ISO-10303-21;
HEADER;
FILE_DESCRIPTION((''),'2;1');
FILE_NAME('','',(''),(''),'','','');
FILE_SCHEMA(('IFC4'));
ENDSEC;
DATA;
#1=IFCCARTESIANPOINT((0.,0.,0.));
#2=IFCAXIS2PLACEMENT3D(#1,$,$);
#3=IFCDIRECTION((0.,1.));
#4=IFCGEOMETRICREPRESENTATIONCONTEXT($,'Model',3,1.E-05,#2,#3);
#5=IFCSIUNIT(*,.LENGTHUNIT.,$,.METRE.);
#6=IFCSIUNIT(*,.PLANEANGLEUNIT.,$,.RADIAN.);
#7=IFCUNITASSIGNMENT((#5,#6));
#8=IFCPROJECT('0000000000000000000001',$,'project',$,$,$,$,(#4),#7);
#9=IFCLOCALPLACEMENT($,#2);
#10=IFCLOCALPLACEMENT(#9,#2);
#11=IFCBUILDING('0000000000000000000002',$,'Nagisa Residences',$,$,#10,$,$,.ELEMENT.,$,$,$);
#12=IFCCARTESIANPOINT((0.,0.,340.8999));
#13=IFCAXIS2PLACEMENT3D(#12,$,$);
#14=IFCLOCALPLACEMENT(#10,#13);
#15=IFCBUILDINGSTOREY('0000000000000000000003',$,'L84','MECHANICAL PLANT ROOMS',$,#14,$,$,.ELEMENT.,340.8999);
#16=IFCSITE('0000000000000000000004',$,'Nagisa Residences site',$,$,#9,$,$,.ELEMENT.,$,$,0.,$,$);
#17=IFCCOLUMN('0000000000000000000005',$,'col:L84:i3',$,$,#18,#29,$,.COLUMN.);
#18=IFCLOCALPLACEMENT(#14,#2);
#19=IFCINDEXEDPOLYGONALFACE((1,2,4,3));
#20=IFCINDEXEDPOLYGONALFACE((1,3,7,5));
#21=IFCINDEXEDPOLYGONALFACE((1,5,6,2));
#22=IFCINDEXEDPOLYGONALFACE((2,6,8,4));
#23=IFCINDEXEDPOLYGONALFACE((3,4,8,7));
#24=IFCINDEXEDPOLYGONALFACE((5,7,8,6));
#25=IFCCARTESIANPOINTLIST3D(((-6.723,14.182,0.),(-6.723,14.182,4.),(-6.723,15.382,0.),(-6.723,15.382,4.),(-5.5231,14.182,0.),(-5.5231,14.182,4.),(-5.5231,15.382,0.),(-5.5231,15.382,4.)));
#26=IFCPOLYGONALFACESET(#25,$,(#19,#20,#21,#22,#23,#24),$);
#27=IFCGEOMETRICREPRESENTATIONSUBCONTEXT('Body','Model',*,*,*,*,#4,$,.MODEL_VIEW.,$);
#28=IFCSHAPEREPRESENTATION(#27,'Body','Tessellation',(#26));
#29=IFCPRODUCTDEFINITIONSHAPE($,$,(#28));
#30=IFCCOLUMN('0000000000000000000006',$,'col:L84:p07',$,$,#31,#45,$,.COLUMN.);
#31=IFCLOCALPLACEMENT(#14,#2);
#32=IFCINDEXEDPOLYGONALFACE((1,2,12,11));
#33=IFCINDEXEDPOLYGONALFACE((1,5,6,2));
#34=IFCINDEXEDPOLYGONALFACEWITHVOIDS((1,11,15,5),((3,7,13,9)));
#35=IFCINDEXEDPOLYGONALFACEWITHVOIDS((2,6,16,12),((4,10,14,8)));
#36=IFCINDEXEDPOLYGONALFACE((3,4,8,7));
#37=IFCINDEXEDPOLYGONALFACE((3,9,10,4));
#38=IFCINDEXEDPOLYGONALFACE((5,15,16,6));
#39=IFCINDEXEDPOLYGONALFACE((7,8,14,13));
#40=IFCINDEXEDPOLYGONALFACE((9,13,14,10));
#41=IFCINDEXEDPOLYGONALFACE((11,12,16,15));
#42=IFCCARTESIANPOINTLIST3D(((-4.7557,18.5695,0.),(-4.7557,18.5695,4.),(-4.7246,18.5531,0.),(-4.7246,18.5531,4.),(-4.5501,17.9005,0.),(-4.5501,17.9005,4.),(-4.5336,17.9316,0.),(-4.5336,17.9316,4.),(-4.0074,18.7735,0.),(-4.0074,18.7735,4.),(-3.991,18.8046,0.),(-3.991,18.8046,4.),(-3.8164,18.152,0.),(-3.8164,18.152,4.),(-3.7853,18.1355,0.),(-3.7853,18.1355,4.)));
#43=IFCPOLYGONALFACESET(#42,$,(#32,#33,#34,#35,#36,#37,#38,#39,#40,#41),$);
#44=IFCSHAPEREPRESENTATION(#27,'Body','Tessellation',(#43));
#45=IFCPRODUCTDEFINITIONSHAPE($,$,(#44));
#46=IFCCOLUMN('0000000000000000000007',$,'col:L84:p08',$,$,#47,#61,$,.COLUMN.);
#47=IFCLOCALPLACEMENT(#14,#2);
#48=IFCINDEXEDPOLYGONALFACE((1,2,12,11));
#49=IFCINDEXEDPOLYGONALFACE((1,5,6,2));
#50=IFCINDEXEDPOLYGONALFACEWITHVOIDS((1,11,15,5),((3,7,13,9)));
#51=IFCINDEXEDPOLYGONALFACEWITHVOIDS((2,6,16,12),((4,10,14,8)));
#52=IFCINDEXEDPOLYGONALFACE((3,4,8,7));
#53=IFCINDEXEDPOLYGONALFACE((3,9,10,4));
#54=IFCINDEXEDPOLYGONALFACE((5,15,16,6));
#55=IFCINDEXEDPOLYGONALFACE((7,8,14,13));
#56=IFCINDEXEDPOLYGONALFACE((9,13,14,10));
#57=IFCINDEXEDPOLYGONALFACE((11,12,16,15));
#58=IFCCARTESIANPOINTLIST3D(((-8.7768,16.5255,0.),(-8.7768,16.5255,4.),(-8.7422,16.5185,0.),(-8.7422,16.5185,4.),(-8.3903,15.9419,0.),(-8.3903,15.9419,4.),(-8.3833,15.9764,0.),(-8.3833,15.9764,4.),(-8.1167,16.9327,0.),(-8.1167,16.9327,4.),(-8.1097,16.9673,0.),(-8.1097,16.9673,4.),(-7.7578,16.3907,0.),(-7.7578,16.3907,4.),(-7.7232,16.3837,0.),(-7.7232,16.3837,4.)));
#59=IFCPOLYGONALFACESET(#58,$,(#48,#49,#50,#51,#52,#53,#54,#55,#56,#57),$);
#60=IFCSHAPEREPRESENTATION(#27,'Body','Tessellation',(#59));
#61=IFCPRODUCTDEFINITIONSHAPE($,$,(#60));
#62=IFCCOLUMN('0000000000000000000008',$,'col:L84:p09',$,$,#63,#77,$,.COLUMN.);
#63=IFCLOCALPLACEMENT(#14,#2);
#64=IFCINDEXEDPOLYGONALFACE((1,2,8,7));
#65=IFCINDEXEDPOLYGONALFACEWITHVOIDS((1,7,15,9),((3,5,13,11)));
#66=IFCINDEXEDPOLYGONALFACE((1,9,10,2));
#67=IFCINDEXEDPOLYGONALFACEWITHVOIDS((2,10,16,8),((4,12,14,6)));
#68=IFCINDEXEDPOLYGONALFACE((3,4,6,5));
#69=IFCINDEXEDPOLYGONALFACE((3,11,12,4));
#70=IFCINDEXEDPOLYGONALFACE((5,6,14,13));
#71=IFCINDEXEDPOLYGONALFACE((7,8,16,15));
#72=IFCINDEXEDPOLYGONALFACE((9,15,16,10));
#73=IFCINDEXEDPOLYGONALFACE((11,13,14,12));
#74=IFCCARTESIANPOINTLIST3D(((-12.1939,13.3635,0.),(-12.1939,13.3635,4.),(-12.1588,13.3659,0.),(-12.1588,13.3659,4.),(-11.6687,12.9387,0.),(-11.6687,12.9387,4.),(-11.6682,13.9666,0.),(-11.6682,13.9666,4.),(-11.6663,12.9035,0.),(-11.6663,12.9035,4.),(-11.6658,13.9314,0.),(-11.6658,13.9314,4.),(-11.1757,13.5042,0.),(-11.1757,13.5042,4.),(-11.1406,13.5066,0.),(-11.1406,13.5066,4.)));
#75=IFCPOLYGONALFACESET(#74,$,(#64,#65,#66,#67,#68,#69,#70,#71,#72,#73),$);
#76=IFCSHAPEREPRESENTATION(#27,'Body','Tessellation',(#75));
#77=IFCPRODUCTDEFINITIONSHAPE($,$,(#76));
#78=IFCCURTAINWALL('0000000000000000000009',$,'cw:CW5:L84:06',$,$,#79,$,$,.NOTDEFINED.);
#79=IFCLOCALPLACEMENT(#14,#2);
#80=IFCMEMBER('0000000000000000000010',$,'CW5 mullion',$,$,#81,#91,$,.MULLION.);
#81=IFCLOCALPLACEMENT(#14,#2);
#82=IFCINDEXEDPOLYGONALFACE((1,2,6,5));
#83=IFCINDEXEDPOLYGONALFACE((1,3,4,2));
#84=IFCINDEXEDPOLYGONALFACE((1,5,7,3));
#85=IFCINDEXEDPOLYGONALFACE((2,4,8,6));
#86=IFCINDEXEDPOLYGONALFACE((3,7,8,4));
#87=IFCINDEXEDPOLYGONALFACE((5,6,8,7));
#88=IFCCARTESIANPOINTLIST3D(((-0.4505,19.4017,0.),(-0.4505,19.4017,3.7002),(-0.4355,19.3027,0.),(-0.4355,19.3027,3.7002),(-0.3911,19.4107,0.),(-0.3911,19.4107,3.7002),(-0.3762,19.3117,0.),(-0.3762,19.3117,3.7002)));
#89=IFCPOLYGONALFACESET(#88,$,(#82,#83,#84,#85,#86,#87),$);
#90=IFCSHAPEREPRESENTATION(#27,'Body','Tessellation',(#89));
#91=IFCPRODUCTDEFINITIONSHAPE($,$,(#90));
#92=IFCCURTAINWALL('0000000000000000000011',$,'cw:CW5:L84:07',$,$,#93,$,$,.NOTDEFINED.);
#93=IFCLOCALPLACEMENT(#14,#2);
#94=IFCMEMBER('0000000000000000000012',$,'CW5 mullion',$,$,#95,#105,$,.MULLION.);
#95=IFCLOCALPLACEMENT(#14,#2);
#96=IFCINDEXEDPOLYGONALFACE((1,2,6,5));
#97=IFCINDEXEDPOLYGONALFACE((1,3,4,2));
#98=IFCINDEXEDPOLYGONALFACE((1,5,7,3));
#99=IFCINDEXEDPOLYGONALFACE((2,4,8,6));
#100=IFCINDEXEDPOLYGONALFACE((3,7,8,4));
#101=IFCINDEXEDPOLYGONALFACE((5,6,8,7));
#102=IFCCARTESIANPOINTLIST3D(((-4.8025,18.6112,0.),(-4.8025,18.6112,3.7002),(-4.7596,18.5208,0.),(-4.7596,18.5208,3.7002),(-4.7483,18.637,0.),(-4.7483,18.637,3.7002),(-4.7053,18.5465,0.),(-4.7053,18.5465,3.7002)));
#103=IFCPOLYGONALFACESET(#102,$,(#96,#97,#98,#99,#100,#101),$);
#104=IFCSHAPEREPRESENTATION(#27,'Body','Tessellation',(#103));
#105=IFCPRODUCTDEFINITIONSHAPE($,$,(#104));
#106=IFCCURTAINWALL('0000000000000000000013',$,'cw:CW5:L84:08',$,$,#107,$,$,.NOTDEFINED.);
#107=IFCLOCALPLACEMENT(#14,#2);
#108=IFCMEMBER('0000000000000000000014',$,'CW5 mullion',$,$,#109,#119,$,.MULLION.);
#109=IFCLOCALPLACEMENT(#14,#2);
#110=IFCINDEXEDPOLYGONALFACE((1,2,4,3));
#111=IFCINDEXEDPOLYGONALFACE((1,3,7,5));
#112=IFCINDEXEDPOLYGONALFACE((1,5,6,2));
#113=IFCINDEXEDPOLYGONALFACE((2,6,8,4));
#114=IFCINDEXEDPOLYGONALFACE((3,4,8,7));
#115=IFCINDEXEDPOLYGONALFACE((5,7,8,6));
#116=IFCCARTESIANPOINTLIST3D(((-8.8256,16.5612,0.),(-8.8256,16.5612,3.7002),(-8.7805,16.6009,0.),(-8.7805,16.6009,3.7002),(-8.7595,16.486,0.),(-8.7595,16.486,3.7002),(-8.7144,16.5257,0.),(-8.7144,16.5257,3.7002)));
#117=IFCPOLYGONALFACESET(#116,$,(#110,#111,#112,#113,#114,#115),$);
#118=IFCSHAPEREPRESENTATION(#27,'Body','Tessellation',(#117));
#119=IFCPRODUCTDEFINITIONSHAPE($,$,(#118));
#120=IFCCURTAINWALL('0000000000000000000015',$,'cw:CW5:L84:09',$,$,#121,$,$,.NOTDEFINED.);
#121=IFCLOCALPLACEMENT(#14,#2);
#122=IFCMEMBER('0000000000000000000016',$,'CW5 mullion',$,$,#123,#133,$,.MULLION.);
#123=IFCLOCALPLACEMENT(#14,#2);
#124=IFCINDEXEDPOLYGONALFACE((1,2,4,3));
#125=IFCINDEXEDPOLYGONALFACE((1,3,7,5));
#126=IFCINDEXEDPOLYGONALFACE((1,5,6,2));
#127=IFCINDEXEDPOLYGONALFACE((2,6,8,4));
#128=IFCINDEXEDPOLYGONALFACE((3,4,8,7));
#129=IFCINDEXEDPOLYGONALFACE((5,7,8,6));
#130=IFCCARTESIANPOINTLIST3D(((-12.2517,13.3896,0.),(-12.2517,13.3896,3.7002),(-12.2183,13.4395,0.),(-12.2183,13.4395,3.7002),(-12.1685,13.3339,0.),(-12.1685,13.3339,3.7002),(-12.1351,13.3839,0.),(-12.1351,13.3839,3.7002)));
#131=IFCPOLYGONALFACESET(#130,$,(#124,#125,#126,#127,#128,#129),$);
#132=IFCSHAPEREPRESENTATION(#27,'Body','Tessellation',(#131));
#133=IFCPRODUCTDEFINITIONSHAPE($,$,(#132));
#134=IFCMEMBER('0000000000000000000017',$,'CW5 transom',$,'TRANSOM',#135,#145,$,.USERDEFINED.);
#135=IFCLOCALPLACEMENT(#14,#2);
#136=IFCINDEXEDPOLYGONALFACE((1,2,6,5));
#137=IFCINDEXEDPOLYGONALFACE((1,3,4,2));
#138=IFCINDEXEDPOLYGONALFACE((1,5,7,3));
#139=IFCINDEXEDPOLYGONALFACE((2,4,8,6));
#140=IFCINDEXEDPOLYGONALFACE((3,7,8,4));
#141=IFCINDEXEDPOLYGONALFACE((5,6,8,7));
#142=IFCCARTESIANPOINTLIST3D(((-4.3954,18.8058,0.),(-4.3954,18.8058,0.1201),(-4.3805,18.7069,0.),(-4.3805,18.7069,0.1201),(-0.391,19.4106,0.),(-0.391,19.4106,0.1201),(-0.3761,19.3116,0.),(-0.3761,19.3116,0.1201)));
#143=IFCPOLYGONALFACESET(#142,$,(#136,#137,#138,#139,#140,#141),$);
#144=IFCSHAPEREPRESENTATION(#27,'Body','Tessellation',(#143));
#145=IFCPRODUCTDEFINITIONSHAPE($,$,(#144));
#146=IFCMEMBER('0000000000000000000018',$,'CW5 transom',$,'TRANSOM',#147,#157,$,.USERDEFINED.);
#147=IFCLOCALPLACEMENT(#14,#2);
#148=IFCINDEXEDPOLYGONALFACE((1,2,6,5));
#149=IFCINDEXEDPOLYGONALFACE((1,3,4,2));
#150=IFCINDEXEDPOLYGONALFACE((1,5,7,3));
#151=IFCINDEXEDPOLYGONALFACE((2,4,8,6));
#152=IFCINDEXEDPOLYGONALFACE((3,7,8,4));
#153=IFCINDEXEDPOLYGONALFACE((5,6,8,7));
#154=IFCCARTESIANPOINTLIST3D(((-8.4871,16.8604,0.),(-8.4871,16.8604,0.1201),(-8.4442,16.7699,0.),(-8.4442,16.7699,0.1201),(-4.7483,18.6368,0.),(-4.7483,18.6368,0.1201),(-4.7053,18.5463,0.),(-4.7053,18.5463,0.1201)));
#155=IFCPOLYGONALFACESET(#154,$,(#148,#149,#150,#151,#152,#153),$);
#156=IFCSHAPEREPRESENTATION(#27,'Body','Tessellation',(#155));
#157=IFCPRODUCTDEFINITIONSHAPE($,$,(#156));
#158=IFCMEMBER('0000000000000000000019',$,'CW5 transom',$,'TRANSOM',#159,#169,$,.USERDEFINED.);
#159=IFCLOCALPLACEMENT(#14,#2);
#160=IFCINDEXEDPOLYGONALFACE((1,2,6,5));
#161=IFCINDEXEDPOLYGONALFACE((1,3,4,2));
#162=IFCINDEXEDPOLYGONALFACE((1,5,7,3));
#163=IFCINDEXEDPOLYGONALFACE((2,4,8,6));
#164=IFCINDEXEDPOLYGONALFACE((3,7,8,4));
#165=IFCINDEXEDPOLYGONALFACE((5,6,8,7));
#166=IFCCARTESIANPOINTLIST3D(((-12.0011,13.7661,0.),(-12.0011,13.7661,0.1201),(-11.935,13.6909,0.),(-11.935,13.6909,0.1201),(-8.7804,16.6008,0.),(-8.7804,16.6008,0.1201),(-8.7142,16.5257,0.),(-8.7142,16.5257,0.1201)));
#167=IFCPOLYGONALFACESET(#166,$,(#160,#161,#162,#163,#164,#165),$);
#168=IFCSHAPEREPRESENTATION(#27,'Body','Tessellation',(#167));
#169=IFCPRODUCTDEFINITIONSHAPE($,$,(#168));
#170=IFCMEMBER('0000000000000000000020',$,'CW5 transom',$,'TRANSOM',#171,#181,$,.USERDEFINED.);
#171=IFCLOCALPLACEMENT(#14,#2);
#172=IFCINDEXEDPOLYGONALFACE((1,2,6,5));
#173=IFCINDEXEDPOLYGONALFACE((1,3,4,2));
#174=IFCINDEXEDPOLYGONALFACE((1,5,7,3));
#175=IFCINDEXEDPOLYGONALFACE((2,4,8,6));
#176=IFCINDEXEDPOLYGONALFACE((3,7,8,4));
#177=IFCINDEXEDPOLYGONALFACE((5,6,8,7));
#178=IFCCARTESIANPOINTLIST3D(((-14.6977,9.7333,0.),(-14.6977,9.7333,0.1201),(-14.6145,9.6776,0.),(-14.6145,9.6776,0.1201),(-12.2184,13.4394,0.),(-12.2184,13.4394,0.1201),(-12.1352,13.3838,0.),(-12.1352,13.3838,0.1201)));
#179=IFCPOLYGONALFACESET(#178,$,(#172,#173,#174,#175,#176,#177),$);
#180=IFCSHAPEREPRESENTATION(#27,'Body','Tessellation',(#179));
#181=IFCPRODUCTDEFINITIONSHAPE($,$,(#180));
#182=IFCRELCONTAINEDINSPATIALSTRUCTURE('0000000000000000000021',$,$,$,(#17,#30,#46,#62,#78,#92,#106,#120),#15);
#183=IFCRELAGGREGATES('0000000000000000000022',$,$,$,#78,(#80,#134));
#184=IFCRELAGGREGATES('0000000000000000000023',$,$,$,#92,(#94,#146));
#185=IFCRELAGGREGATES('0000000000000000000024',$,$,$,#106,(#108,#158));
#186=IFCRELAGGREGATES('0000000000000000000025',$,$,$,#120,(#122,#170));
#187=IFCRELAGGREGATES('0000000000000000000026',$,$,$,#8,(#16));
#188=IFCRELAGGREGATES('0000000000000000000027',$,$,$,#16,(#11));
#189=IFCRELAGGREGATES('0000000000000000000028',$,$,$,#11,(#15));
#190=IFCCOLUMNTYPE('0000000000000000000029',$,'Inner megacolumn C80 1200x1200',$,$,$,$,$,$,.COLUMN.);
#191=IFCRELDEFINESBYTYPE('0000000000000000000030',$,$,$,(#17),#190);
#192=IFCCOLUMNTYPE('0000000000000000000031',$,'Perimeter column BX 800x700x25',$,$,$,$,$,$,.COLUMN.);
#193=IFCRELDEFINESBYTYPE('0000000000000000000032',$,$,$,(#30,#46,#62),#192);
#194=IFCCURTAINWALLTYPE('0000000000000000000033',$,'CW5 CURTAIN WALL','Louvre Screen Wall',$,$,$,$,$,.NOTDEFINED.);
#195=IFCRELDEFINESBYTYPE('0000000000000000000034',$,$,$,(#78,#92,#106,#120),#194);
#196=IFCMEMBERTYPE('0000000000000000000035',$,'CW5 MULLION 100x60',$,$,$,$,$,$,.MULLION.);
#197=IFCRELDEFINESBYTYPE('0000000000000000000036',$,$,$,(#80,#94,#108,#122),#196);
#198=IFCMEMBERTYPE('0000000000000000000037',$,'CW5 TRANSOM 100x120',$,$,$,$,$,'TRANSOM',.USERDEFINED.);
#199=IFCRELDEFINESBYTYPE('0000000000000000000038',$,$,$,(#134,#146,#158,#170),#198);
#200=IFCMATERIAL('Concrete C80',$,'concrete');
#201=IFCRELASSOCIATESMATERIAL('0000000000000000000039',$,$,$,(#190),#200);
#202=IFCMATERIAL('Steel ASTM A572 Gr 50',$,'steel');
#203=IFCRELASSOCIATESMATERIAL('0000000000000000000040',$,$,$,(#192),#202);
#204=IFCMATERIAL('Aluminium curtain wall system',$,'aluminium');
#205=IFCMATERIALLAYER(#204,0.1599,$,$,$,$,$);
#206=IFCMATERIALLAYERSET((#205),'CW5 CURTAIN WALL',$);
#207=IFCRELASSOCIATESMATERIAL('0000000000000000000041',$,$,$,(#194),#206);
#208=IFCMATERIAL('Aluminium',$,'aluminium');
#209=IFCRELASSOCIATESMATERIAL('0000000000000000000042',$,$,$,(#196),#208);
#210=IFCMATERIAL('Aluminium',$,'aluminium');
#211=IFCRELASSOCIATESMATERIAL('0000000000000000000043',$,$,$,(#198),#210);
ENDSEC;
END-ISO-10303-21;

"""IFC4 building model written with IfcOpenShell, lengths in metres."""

from ifc_helpers import new_model, si_unit, direction, frame, origin, origin_2d, place, context, subcontext, project, spatial, rectangle, hollow_rectangle, extrude, material, layer, layer_set, material_profile, profile_set, type_object, element, aggregate, save


model = new_model("IFC4")

# Units and contexts
model_context = context("Model", 3, precision=1e-05, world=origin(), true_north=direction((0.0, 1.0)))
body_context = subcontext(model_context, "Body", "Model", "MODEL_VIEW")
ifc_project = project(units=[si_unit("LENGTHUNIT", "METRE"), si_unit("PLANEANGLEUNIT", "RADIAN")], contexts=[model_context])

# Site, building, storey
site_placement = place(None, origin())
site = spatial("IfcSite", under=ifc_project, at=site_placement, Name="Nagisa Residences site", CompositionType="ELEMENT", RefElevation=0.0)
building_placement = place(site_placement, origin())
building = spatial("IfcBuilding", under=site, at=building_placement, Name="Nagisa Residences", CompositionType="ELEMENT")
storey_placement = place(building_placement, frame((0.0, 0.0, 340.8999)))
storey = spatial("IfcBuildingStorey", under=building, at=storey_placement, Name="L84", Description="MECHANICAL PLANT ROOMS", CompositionType="ELEMENT", Elevation=340.8999)

# Columns
ifc_material_1 = material(Name="Concrete C80", Category="concrete")
ifc_material_profile_1 = material_profile(ifc_material_1, rectangle(XDim=1.2, YDim=1.2, at=origin_2d()), Name="C80 1200x1200")
ifc_profile_set_1 = profile_set([ifc_material_profile_1], Name="Concrete C80")
column_type_1 = type_object("IfcColumnType", Name="Inner megacolumn C80 1200x1200", PredefinedType="COLUMN", material=ifc_profile_set_1)
column_placement = place(storey_placement, frame((-6.123, 14.782, 0.0), z_axis=(0.0, 0.0, 1.0), x_axis=(1.0, 0.0, 0.0)))
element("IfcColumn", 1, at=column_placement, inside=storey, type_object=column_type_1, Name="col:L84:i3", PredefinedType="COLUMN", context=body_context, shape_type="SweptSolid", body=[
    extrude(rectangle(XDim=1.2, YDim=1.2, at=origin_2d()), origin(), (0.0, 0.0, 1.0), 4.0),
])
ifc_material_2 = material(Name="Steel ASTM A572 Gr 50", Category="steel")
ifc_material_profile_2 = material_profile(ifc_material_2, hollow_rectangle(XDim=0.8, YDim=0.7, WallThickness=0.0249, at=origin_2d()), Name="BX 800x700x25")
ifc_profile_set_2 = profile_set([ifc_material_profile_2], Name="Steel ASTM A572 Gr 50")
column_type_2 = type_object("IfcColumnType", Name="Perimeter column BX 800x700x25", PredefinedType="COLUMN", material=ifc_profile_set_2)
for number, where, z_axis, x_axis, name in (
    (2, (-4.2705, 18.3525, 0.0), (0.0, 0.0, 1.0), (-0.95587, -0.29379, 0.0), "col:L84:p07"),
    (3, (-8.25, 16.4546, 0.0), (0.0, 0.0, 1.0), (-0.833744, -0.552151, 0.0), "col:L84:p08"),
    (4, (-11.6672, 13.4351, 0.0), (0.0, 0.0, 1.0), (-0.657135, -0.753773, 0.0), "col:L84:p09"),
):
    element("IfcColumn", number, at=place(storey_placement, frame(where, z_axis=z_axis, x_axis=x_axis)), inside=storey, type_object=column_type_2, Name=name, PredefinedType="COLUMN", context=body_context, shape_type="SweptSolid", body=[
        extrude(hollow_rectangle(XDim=0.8, YDim=0.7, WallThickness=0.0249, at=origin_2d()), origin(), (0.0, 0.0, 1.0), 4.0),
    ])

# Curtain walls, members
ifc_material_3 = material(Name="Aluminium curtain wall system", Category="aluminium")
ifc_layer_1 = layer(ifc_material_3, 0.1599)
ifc_layer_set_1 = layer_set([ifc_layer_1], Name="CW5 CURTAIN WALL")
curtain_wall_type = type_object("IfcCurtainWallType", Name="CW5 CURTAIN WALL", Description="Louvre Screen Wall", PredefinedType="NOTDEFINED", material=ifc_layer_set_1)
curtain_wall_1_placement = place(storey_placement, origin())
curtain_wall_1 = element("IfcCurtainWall", 5, at=curtain_wall_1_placement, inside=storey, type_object=curtain_wall_type, Name="cw:CW5:L84:06", PredefinedType="NOTDEFINED")
ifc_material_4 = material(Name="Aluminium", Category="aluminium")
ifc_material_profile_3 = material_profile(ifc_material_4, rectangle(XDim=0.1001, YDim=0.0601, at=origin_2d()), Name="CW5 MULLION 100x60")
ifc_profile_set_3 = profile_set([ifc_material_profile_3], Name="Aluminium")
member_type_1 = type_object("IfcMemberType", Name="CW5 MULLION 100x60", PredefinedType="MULLION", material=ifc_profile_set_3)
member_1_placement = place(storey_placement, frame((-0.4133, 19.3567, 0.0), z_axis=(0.0, 0.0, 1.0), x_axis=(0.14932, -0.988789, 0.0)))
member_1 = element("IfcMember", 6, at=member_1_placement, type_object=member_type_1, Name="CW5 mullion", PredefinedType="MULLION", context=body_context, shape_type="SweptSolid", body=[
    extrude(rectangle(XDim=0.1001, YDim=0.0601, at=origin_2d()), origin(), (0.0, 0.0, 1.0), 3.7002),
])
curtain_wall_2_placement = place(storey_placement, origin())
curtain_wall_2 = element("IfcCurtainWall", 7, at=curtain_wall_2_placement, inside=storey, type_object=curtain_wall_type, Name="cw:CW5:L84:07", PredefinedType="NOTDEFINED")
member_2_placement = place(storey_placement, frame((-4.7539, 18.5789, 0.0), z_axis=(0.0, 0.0, 1.0), x_axis=(0.429151, -0.903233, 0.0)))
member_2 = element("IfcMember", 8, at=member_2_placement, type_object=member_type_1, Name="CW5 mullion", PredefinedType="MULLION", context=body_context, shape_type="SweptSolid", body=[
    extrude(rectangle(XDim=0.1001, YDim=0.0601, at=origin_2d()), origin(), (0.0, 0.0, 1.0), 3.7002),
])
curtain_wall_3_placement = place(storey_placement, origin())
curtain_wall_3 = element("IfcCurtainWall", 9, at=curtain_wall_3_placement, inside=storey, type_object=curtain_wall_type, Name="cw:CW5:L84:08", PredefinedType="NOTDEFINED")
member_3_placement = place(storey_placement, frame((-8.77, 16.5435, 0.0), z_axis=(0.0, 0.0, 1.0), x_axis=(0.660699, -0.750651, 0.0)))
member_3 = element("IfcMember", 10, at=member_3_placement, type_object=member_type_1, Name="CW5 mullion", PredefinedType="MULLION", context=body_context, shape_type="SweptSolid", body=[
    extrude(rectangle(XDim=0.1001, YDim=0.0601, at=origin_2d()), origin(), (0.0, 0.0, 1.0), 3.7002),
])
curtain_wall_4_placement = place(storey_placement, origin())
curtain_wall_4 = element("IfcCurtainWall", 11, at=curtain_wall_4_placement, inside=storey, type_object=curtain_wall_type, Name="cw:CW5:L84:09", PredefinedType="NOTDEFINED")
member_4_placement = place(storey_placement, frame((-12.1934, 13.3867, 0.0), z_axis=(0.0, 0.0, 1.0), x_axis=(0.831173, -0.556014, 0.0)))
member_4 = element("IfcMember", 12, at=member_4_placement, type_object=member_type_1, Name="CW5 mullion", PredefinedType="MULLION", context=body_context, shape_type="SweptSolid", body=[
    extrude(rectangle(XDim=0.1001, YDim=0.0601, at=origin_2d()), origin(), (0.0, 0.0, 1.0), 3.7002),
])

# Members
ifc_material_5 = material(Name="Aluminium", Category="aluminium")
ifc_material_profile_4 = material_profile(ifc_material_5, rectangle(XDim=0.1001, YDim=0.1201, at=origin_2d()), Name="CW5 TRANSOM 100x120")
ifc_profile_set_4 = profile_set([ifc_material_profile_4], Name="Aluminium")
member_type_2 = type_object("IfcMemberType", Name="CW5 TRANSOM 100x120", ElementType="TRANSOM", PredefinedType="USERDEFINED", material=ifc_profile_set_4)
member_5_placement = place(storey_placement, frame((-0.3835, 19.3611, 0.0601), z_axis=(-0.988788, -0.149325, 0.0), x_axis=(0.149325, -0.988788, 0.0)))
member_5 = element("IfcMember", 13, at=member_5_placement, type_object=member_type_2, Name="CW5 transom", ObjectType="TRANSOM", PredefinedType="USERDEFINED", context=body_context, shape_type="SweptSolid", body=[
    extrude(rectangle(XDim=0.1001, YDim=0.1201, at=origin_2d()), origin(), (0.0, 0.0, 1.0), 4.0498),
])
member_6_placement = place(storey_placement, frame((-4.7268, 18.5916, 0.0601), z_axis=(-0.903235, -0.429146, 0.0), x_axis=(0.429146, -0.903235, 0.0)))
member_6 = element("IfcMember", 14, at=member_6_placement, type_object=member_type_2, Name="CW5 transom", ObjectType="TRANSOM", PredefinedType="USERDEFINED", context=body_context, shape_type="SweptSolid", body=[
    extrude(rectangle(XDim=0.1001, YDim=0.1201, at=origin_2d()), origin(), (0.0, 0.0, 1.0), 4.1394),
])
member_7_placement = place(storey_placement, frame((-8.7473, 16.5632, 0.0601), z_axis=(-0.750656, -0.660693, 0.0), x_axis=(0.660693, -0.750656, 0.0)))
member_7 = element("IfcMember", 15, at=member_7_placement, type_object=member_type_2, Name="CW5 transom", ObjectType="TRANSOM", PredefinedType="USERDEFINED", context=body_context, shape_type="SweptSolid", body=[
    extrude(rectangle(XDim=0.1001, YDim=0.1201, at=origin_2d()), origin(), (0.0, 0.0, 1.0), 4.2905),
])
member_8_placement = place(storey_placement, frame((-12.1768, 13.4116, 0.0601), z_axis=(-0.556026, -0.831165, 0.0), x_axis=(0.831165, -0.556026, 0.0)))
member_8 = element("IfcMember", 16, at=member_8_placement, type_object=member_type_2, Name="CW5 transom", ObjectType="TRANSOM", PredefinedType="USERDEFINED", context=body_context, shape_type="SweptSolid", body=[
    extrude(rectangle(XDim=0.1001, YDim=0.1201, at=origin_2d()), origin(), (0.0, 0.0, 1.0), 4.459),
])

aggregate(curtain_wall_1, [member_1, member_5])
aggregate(curtain_wall_2, [member_2, member_6])
aggregate(curtain_wall_3, [member_3, member_7])
aggregate(curtain_wall_4, [member_4, member_8])

save(model, "model.ifc")
